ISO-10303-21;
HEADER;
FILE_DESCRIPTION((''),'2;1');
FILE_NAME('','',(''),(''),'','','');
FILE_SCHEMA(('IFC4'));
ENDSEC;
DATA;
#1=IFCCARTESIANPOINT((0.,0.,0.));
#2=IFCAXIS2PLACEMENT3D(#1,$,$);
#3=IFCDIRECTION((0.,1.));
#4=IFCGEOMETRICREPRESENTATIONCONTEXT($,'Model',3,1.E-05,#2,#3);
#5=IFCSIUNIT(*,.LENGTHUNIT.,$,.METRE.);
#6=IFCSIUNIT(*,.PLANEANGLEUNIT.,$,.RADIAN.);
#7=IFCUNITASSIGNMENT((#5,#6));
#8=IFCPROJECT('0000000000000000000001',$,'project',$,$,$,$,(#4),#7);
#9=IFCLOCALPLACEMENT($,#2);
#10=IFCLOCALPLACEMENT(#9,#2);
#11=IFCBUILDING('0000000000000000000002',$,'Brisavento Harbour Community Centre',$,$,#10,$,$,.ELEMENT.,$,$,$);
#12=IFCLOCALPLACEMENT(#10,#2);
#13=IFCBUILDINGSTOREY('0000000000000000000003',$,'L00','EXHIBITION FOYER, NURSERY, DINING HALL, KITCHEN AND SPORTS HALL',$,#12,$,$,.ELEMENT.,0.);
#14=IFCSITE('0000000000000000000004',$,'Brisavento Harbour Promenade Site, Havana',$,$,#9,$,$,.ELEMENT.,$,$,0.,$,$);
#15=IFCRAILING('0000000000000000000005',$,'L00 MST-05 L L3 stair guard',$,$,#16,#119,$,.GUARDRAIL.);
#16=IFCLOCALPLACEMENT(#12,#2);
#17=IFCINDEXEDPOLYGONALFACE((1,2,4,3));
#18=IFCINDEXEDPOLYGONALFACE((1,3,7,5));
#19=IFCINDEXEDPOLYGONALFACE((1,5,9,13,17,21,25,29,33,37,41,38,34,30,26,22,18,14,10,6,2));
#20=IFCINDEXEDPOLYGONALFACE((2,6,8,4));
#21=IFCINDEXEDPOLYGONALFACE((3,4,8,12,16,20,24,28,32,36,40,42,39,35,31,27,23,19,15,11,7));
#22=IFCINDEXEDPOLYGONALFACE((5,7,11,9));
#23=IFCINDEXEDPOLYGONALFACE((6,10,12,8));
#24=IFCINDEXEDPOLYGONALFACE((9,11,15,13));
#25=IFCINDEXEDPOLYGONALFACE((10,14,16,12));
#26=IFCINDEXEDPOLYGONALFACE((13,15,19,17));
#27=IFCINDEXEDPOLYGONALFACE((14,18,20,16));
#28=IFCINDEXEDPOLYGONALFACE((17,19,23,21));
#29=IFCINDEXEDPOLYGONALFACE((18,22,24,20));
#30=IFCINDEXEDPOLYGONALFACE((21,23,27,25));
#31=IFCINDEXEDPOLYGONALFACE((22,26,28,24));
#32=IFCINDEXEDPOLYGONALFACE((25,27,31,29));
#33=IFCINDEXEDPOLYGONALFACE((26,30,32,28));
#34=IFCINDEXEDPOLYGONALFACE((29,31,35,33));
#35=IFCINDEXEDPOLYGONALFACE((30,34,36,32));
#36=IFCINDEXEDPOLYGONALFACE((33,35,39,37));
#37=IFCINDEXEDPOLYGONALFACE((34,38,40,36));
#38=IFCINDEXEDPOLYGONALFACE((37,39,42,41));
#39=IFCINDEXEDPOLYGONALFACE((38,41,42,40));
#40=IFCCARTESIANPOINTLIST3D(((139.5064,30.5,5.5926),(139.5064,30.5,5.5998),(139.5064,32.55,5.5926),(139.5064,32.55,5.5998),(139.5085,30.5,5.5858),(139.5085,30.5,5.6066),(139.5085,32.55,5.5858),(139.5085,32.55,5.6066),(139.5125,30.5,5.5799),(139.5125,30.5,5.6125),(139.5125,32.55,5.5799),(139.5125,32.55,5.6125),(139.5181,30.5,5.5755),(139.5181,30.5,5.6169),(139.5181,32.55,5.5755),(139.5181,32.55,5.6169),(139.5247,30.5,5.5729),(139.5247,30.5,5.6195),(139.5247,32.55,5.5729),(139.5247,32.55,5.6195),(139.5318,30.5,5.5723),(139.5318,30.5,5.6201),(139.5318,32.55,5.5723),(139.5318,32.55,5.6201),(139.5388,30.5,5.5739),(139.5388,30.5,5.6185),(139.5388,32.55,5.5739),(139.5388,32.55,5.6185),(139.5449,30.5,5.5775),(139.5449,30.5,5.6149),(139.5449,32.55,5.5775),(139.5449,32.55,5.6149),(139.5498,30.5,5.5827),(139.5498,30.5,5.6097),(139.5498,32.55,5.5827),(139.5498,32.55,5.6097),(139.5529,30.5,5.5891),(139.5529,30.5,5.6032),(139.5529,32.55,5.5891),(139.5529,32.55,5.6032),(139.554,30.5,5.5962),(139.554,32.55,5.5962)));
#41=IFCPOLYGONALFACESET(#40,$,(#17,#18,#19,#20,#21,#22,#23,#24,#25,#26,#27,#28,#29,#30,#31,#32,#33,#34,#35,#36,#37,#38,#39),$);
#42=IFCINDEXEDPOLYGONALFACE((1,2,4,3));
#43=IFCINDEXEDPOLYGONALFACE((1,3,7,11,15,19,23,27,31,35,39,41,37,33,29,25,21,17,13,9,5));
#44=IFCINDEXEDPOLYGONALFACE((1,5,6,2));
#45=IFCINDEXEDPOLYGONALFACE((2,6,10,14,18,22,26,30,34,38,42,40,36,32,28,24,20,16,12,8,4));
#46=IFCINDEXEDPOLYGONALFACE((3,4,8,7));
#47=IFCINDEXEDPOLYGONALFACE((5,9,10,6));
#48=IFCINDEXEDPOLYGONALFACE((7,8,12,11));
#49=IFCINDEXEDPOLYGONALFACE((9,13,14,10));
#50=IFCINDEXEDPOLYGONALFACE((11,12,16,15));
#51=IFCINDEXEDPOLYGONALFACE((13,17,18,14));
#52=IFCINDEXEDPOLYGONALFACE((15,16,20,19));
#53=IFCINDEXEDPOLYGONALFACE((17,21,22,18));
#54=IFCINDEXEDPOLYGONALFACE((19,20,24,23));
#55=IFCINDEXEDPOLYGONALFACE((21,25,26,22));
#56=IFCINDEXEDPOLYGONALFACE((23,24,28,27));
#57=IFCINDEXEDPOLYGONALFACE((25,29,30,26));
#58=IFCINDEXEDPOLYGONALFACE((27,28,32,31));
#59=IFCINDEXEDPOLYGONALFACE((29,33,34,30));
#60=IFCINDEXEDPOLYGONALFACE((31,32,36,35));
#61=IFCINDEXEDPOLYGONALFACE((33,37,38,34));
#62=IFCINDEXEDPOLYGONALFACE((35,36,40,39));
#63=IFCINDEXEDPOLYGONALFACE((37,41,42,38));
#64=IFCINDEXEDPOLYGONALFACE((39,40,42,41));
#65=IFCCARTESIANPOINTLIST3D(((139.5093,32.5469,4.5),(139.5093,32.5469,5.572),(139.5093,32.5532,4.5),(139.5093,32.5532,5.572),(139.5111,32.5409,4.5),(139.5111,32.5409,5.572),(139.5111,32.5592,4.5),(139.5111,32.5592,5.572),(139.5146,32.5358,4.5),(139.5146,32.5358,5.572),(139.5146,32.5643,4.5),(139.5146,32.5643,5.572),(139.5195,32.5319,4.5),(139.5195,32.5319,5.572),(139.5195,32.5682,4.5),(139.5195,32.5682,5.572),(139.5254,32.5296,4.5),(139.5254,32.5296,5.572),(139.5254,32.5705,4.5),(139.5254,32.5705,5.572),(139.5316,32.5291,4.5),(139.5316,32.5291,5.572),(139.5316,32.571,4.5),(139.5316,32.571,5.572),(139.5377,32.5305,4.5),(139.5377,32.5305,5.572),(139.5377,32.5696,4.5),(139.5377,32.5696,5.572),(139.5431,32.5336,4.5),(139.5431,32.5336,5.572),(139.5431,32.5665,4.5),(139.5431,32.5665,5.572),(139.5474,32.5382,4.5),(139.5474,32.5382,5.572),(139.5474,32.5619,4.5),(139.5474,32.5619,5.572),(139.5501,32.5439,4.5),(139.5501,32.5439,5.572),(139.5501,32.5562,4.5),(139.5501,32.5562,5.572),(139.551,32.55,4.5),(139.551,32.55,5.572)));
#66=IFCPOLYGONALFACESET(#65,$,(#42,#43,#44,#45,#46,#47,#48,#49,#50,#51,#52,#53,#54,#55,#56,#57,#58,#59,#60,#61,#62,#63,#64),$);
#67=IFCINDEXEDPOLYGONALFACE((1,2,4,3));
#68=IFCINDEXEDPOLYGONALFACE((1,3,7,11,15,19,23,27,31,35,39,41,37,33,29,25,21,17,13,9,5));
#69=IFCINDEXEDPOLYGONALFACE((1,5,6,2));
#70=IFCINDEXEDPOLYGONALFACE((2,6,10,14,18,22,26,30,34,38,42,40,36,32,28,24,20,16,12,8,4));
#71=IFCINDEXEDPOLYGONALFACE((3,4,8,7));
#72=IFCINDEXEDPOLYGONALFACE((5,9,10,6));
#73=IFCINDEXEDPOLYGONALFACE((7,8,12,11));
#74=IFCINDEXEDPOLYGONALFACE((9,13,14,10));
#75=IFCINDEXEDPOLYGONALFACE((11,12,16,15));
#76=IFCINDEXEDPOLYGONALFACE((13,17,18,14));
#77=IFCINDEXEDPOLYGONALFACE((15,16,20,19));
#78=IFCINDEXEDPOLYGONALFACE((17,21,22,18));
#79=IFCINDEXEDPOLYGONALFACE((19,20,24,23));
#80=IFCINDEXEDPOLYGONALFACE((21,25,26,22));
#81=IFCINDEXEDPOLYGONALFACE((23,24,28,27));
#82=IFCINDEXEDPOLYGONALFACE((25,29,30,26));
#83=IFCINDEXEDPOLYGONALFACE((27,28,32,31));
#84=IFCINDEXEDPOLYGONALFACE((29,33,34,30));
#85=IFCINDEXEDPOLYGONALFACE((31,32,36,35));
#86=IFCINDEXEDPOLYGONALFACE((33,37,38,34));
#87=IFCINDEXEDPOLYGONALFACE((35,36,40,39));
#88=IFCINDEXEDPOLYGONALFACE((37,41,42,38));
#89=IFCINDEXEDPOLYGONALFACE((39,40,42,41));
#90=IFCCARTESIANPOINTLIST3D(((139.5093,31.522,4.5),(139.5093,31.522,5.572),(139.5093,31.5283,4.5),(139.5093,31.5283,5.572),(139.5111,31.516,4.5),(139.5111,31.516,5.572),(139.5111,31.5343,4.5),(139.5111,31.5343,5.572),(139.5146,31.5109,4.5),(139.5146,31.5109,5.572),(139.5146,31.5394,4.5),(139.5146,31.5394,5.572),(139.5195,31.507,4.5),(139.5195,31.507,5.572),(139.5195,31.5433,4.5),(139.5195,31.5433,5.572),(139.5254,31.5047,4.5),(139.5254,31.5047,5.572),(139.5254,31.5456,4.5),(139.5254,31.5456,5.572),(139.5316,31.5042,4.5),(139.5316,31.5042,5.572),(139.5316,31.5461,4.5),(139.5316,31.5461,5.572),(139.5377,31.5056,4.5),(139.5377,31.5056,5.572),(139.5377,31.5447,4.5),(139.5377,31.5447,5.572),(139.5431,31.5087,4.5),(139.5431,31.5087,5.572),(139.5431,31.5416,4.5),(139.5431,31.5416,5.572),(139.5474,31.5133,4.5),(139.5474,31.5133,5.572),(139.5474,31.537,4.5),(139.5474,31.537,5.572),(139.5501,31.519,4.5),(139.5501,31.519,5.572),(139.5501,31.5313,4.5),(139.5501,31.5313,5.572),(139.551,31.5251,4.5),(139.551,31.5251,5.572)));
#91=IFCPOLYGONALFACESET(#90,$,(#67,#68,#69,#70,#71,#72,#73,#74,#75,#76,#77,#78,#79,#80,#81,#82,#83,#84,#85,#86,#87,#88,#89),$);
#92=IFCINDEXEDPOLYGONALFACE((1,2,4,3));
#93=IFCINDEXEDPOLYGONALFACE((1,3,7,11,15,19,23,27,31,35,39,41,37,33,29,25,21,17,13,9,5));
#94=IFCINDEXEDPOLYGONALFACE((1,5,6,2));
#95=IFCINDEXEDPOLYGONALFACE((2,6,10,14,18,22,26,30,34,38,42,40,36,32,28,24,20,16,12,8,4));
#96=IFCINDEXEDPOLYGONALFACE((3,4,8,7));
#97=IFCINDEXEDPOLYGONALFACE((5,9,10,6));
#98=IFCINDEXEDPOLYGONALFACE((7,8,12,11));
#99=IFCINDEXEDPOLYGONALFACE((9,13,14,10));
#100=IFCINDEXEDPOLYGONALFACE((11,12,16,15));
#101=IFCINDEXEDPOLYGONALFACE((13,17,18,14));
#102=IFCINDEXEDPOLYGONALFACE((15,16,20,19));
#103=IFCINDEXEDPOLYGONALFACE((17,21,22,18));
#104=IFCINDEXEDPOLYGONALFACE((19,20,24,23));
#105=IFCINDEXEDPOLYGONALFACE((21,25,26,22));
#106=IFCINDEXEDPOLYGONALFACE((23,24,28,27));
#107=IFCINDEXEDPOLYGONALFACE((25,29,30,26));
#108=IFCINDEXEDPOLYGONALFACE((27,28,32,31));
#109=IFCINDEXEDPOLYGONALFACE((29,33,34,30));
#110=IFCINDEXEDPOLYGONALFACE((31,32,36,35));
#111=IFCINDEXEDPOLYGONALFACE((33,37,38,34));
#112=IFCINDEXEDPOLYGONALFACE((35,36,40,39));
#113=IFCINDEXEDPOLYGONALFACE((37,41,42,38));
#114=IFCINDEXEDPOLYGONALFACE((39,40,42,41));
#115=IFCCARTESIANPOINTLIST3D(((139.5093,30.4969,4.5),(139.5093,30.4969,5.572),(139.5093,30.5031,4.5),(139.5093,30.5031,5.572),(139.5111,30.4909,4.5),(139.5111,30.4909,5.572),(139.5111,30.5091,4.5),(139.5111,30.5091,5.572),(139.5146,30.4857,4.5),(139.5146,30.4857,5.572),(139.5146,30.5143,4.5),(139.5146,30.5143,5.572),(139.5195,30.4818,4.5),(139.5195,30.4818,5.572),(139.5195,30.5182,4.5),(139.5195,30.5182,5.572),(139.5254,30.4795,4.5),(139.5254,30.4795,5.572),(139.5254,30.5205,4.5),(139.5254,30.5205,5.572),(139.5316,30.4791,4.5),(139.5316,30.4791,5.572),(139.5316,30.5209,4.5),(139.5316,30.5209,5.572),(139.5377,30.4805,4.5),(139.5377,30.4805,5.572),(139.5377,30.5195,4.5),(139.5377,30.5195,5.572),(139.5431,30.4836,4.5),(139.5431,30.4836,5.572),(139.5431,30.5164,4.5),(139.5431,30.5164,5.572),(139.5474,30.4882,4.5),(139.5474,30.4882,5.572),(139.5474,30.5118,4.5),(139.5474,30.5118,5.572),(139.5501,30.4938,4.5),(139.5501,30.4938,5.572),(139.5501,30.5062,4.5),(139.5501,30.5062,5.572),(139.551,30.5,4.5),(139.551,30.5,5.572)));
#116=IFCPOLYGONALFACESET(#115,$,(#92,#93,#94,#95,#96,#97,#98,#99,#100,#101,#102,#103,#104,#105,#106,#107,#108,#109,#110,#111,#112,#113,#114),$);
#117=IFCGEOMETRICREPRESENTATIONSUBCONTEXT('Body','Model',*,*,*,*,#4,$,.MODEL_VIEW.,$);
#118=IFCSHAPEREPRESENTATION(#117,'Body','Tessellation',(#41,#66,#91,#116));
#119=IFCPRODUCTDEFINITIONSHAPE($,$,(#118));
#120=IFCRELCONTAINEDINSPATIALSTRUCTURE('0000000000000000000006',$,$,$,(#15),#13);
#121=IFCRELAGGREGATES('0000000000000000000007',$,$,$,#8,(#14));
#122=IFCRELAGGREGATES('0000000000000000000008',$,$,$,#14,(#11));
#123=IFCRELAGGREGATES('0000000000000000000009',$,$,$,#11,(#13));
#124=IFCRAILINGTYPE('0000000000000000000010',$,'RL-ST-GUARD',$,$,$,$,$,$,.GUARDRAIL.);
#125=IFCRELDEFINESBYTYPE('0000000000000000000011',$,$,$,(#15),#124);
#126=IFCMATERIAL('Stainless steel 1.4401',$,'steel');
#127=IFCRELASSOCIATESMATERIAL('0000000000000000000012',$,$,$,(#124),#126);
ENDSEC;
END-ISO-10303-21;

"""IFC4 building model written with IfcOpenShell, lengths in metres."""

from ifc_helpers import new_model, si_unit, direction, frame, origin, origin_2d, place, context, subcontext, project, spatial, circle, extrude, material, type_object, element, save


model = new_model("IFC4")

# Units and contexts
model_context = context("Model", 3, precision=1e-05, world=origin(), true_north=direction((0.0, 1.0)))
body_context = subcontext(model_context, "Body", "Model", "MODEL_VIEW")
ifc_project = project(units=[si_unit("LENGTHUNIT", "METRE"), si_unit("PLANEANGLEUNIT", "RADIAN")], contexts=[model_context])

# Site, building, storey
site_placement = place(None, origin())
site = spatial("IfcSite", under=ifc_project, at=site_placement, Name="Brisavento Harbour Promenade Site, Havana", CompositionType="ELEMENT", RefElevation=0.0)
building_placement = place(site_placement, origin())
building = spatial("IfcBuilding", under=site, at=building_placement, Name="Brisavento Harbour Community Centre", CompositionType="ELEMENT")
storey_placement = place(building_placement, origin())
storey = spatial("IfcBuildingStorey", under=building, at=storey_placement, Name="L00", Description="EXHIBITION FOYER, NURSERY, DINING HALL, KITCHEN AND SPORTS HALL", CompositionType="ELEMENT", Elevation=0.0)

# Railing
ifc_material_1 = material(Name="Stainless steel 1.4401", Category="steel")
railing_type = type_object("IfcRailingType", Name="RL-ST-GUARD", PredefinedType="GUARDRAIL", material=ifc_material_1)
railing_1_placement = place(storey_placement, frame((139.53, 32.55, 4.5)))
element("IfcRailing", 1, at=railing_1_placement, inside=storey, type_object=railing_type, Name="L00 MST-05 L L3 stair guard", PredefinedType="GUARDRAIL", context=body_context, shape_type="SweptSolid", body=[
    extrude(circle(Radius=0.0239, at=origin_2d()), frame((0.0, 0.0, 1.0962), z_axis=(0.0, -1.0, 0.0), x_axis=(1.0, 0.0, 0.0)), (0.0, 0.0, 1.0), 2.05),
    extrude(circle(Radius=0.021, at=origin_2d()), origin(), (0.0, 0.0, 1.0), 1.072),
    extrude(circle(Radius=0.021, at=origin_2d()), frame((0.0, -1.0249, 0.0)), (0.0, 0.0, 1.0), 1.072),
    extrude(circle(Radius=0.021, at=origin_2d()), frame((0.0, -2.05, 0.0)), (0.0, 0.0, 1.0), 1.072),
])

save(model, "model.ifc")
